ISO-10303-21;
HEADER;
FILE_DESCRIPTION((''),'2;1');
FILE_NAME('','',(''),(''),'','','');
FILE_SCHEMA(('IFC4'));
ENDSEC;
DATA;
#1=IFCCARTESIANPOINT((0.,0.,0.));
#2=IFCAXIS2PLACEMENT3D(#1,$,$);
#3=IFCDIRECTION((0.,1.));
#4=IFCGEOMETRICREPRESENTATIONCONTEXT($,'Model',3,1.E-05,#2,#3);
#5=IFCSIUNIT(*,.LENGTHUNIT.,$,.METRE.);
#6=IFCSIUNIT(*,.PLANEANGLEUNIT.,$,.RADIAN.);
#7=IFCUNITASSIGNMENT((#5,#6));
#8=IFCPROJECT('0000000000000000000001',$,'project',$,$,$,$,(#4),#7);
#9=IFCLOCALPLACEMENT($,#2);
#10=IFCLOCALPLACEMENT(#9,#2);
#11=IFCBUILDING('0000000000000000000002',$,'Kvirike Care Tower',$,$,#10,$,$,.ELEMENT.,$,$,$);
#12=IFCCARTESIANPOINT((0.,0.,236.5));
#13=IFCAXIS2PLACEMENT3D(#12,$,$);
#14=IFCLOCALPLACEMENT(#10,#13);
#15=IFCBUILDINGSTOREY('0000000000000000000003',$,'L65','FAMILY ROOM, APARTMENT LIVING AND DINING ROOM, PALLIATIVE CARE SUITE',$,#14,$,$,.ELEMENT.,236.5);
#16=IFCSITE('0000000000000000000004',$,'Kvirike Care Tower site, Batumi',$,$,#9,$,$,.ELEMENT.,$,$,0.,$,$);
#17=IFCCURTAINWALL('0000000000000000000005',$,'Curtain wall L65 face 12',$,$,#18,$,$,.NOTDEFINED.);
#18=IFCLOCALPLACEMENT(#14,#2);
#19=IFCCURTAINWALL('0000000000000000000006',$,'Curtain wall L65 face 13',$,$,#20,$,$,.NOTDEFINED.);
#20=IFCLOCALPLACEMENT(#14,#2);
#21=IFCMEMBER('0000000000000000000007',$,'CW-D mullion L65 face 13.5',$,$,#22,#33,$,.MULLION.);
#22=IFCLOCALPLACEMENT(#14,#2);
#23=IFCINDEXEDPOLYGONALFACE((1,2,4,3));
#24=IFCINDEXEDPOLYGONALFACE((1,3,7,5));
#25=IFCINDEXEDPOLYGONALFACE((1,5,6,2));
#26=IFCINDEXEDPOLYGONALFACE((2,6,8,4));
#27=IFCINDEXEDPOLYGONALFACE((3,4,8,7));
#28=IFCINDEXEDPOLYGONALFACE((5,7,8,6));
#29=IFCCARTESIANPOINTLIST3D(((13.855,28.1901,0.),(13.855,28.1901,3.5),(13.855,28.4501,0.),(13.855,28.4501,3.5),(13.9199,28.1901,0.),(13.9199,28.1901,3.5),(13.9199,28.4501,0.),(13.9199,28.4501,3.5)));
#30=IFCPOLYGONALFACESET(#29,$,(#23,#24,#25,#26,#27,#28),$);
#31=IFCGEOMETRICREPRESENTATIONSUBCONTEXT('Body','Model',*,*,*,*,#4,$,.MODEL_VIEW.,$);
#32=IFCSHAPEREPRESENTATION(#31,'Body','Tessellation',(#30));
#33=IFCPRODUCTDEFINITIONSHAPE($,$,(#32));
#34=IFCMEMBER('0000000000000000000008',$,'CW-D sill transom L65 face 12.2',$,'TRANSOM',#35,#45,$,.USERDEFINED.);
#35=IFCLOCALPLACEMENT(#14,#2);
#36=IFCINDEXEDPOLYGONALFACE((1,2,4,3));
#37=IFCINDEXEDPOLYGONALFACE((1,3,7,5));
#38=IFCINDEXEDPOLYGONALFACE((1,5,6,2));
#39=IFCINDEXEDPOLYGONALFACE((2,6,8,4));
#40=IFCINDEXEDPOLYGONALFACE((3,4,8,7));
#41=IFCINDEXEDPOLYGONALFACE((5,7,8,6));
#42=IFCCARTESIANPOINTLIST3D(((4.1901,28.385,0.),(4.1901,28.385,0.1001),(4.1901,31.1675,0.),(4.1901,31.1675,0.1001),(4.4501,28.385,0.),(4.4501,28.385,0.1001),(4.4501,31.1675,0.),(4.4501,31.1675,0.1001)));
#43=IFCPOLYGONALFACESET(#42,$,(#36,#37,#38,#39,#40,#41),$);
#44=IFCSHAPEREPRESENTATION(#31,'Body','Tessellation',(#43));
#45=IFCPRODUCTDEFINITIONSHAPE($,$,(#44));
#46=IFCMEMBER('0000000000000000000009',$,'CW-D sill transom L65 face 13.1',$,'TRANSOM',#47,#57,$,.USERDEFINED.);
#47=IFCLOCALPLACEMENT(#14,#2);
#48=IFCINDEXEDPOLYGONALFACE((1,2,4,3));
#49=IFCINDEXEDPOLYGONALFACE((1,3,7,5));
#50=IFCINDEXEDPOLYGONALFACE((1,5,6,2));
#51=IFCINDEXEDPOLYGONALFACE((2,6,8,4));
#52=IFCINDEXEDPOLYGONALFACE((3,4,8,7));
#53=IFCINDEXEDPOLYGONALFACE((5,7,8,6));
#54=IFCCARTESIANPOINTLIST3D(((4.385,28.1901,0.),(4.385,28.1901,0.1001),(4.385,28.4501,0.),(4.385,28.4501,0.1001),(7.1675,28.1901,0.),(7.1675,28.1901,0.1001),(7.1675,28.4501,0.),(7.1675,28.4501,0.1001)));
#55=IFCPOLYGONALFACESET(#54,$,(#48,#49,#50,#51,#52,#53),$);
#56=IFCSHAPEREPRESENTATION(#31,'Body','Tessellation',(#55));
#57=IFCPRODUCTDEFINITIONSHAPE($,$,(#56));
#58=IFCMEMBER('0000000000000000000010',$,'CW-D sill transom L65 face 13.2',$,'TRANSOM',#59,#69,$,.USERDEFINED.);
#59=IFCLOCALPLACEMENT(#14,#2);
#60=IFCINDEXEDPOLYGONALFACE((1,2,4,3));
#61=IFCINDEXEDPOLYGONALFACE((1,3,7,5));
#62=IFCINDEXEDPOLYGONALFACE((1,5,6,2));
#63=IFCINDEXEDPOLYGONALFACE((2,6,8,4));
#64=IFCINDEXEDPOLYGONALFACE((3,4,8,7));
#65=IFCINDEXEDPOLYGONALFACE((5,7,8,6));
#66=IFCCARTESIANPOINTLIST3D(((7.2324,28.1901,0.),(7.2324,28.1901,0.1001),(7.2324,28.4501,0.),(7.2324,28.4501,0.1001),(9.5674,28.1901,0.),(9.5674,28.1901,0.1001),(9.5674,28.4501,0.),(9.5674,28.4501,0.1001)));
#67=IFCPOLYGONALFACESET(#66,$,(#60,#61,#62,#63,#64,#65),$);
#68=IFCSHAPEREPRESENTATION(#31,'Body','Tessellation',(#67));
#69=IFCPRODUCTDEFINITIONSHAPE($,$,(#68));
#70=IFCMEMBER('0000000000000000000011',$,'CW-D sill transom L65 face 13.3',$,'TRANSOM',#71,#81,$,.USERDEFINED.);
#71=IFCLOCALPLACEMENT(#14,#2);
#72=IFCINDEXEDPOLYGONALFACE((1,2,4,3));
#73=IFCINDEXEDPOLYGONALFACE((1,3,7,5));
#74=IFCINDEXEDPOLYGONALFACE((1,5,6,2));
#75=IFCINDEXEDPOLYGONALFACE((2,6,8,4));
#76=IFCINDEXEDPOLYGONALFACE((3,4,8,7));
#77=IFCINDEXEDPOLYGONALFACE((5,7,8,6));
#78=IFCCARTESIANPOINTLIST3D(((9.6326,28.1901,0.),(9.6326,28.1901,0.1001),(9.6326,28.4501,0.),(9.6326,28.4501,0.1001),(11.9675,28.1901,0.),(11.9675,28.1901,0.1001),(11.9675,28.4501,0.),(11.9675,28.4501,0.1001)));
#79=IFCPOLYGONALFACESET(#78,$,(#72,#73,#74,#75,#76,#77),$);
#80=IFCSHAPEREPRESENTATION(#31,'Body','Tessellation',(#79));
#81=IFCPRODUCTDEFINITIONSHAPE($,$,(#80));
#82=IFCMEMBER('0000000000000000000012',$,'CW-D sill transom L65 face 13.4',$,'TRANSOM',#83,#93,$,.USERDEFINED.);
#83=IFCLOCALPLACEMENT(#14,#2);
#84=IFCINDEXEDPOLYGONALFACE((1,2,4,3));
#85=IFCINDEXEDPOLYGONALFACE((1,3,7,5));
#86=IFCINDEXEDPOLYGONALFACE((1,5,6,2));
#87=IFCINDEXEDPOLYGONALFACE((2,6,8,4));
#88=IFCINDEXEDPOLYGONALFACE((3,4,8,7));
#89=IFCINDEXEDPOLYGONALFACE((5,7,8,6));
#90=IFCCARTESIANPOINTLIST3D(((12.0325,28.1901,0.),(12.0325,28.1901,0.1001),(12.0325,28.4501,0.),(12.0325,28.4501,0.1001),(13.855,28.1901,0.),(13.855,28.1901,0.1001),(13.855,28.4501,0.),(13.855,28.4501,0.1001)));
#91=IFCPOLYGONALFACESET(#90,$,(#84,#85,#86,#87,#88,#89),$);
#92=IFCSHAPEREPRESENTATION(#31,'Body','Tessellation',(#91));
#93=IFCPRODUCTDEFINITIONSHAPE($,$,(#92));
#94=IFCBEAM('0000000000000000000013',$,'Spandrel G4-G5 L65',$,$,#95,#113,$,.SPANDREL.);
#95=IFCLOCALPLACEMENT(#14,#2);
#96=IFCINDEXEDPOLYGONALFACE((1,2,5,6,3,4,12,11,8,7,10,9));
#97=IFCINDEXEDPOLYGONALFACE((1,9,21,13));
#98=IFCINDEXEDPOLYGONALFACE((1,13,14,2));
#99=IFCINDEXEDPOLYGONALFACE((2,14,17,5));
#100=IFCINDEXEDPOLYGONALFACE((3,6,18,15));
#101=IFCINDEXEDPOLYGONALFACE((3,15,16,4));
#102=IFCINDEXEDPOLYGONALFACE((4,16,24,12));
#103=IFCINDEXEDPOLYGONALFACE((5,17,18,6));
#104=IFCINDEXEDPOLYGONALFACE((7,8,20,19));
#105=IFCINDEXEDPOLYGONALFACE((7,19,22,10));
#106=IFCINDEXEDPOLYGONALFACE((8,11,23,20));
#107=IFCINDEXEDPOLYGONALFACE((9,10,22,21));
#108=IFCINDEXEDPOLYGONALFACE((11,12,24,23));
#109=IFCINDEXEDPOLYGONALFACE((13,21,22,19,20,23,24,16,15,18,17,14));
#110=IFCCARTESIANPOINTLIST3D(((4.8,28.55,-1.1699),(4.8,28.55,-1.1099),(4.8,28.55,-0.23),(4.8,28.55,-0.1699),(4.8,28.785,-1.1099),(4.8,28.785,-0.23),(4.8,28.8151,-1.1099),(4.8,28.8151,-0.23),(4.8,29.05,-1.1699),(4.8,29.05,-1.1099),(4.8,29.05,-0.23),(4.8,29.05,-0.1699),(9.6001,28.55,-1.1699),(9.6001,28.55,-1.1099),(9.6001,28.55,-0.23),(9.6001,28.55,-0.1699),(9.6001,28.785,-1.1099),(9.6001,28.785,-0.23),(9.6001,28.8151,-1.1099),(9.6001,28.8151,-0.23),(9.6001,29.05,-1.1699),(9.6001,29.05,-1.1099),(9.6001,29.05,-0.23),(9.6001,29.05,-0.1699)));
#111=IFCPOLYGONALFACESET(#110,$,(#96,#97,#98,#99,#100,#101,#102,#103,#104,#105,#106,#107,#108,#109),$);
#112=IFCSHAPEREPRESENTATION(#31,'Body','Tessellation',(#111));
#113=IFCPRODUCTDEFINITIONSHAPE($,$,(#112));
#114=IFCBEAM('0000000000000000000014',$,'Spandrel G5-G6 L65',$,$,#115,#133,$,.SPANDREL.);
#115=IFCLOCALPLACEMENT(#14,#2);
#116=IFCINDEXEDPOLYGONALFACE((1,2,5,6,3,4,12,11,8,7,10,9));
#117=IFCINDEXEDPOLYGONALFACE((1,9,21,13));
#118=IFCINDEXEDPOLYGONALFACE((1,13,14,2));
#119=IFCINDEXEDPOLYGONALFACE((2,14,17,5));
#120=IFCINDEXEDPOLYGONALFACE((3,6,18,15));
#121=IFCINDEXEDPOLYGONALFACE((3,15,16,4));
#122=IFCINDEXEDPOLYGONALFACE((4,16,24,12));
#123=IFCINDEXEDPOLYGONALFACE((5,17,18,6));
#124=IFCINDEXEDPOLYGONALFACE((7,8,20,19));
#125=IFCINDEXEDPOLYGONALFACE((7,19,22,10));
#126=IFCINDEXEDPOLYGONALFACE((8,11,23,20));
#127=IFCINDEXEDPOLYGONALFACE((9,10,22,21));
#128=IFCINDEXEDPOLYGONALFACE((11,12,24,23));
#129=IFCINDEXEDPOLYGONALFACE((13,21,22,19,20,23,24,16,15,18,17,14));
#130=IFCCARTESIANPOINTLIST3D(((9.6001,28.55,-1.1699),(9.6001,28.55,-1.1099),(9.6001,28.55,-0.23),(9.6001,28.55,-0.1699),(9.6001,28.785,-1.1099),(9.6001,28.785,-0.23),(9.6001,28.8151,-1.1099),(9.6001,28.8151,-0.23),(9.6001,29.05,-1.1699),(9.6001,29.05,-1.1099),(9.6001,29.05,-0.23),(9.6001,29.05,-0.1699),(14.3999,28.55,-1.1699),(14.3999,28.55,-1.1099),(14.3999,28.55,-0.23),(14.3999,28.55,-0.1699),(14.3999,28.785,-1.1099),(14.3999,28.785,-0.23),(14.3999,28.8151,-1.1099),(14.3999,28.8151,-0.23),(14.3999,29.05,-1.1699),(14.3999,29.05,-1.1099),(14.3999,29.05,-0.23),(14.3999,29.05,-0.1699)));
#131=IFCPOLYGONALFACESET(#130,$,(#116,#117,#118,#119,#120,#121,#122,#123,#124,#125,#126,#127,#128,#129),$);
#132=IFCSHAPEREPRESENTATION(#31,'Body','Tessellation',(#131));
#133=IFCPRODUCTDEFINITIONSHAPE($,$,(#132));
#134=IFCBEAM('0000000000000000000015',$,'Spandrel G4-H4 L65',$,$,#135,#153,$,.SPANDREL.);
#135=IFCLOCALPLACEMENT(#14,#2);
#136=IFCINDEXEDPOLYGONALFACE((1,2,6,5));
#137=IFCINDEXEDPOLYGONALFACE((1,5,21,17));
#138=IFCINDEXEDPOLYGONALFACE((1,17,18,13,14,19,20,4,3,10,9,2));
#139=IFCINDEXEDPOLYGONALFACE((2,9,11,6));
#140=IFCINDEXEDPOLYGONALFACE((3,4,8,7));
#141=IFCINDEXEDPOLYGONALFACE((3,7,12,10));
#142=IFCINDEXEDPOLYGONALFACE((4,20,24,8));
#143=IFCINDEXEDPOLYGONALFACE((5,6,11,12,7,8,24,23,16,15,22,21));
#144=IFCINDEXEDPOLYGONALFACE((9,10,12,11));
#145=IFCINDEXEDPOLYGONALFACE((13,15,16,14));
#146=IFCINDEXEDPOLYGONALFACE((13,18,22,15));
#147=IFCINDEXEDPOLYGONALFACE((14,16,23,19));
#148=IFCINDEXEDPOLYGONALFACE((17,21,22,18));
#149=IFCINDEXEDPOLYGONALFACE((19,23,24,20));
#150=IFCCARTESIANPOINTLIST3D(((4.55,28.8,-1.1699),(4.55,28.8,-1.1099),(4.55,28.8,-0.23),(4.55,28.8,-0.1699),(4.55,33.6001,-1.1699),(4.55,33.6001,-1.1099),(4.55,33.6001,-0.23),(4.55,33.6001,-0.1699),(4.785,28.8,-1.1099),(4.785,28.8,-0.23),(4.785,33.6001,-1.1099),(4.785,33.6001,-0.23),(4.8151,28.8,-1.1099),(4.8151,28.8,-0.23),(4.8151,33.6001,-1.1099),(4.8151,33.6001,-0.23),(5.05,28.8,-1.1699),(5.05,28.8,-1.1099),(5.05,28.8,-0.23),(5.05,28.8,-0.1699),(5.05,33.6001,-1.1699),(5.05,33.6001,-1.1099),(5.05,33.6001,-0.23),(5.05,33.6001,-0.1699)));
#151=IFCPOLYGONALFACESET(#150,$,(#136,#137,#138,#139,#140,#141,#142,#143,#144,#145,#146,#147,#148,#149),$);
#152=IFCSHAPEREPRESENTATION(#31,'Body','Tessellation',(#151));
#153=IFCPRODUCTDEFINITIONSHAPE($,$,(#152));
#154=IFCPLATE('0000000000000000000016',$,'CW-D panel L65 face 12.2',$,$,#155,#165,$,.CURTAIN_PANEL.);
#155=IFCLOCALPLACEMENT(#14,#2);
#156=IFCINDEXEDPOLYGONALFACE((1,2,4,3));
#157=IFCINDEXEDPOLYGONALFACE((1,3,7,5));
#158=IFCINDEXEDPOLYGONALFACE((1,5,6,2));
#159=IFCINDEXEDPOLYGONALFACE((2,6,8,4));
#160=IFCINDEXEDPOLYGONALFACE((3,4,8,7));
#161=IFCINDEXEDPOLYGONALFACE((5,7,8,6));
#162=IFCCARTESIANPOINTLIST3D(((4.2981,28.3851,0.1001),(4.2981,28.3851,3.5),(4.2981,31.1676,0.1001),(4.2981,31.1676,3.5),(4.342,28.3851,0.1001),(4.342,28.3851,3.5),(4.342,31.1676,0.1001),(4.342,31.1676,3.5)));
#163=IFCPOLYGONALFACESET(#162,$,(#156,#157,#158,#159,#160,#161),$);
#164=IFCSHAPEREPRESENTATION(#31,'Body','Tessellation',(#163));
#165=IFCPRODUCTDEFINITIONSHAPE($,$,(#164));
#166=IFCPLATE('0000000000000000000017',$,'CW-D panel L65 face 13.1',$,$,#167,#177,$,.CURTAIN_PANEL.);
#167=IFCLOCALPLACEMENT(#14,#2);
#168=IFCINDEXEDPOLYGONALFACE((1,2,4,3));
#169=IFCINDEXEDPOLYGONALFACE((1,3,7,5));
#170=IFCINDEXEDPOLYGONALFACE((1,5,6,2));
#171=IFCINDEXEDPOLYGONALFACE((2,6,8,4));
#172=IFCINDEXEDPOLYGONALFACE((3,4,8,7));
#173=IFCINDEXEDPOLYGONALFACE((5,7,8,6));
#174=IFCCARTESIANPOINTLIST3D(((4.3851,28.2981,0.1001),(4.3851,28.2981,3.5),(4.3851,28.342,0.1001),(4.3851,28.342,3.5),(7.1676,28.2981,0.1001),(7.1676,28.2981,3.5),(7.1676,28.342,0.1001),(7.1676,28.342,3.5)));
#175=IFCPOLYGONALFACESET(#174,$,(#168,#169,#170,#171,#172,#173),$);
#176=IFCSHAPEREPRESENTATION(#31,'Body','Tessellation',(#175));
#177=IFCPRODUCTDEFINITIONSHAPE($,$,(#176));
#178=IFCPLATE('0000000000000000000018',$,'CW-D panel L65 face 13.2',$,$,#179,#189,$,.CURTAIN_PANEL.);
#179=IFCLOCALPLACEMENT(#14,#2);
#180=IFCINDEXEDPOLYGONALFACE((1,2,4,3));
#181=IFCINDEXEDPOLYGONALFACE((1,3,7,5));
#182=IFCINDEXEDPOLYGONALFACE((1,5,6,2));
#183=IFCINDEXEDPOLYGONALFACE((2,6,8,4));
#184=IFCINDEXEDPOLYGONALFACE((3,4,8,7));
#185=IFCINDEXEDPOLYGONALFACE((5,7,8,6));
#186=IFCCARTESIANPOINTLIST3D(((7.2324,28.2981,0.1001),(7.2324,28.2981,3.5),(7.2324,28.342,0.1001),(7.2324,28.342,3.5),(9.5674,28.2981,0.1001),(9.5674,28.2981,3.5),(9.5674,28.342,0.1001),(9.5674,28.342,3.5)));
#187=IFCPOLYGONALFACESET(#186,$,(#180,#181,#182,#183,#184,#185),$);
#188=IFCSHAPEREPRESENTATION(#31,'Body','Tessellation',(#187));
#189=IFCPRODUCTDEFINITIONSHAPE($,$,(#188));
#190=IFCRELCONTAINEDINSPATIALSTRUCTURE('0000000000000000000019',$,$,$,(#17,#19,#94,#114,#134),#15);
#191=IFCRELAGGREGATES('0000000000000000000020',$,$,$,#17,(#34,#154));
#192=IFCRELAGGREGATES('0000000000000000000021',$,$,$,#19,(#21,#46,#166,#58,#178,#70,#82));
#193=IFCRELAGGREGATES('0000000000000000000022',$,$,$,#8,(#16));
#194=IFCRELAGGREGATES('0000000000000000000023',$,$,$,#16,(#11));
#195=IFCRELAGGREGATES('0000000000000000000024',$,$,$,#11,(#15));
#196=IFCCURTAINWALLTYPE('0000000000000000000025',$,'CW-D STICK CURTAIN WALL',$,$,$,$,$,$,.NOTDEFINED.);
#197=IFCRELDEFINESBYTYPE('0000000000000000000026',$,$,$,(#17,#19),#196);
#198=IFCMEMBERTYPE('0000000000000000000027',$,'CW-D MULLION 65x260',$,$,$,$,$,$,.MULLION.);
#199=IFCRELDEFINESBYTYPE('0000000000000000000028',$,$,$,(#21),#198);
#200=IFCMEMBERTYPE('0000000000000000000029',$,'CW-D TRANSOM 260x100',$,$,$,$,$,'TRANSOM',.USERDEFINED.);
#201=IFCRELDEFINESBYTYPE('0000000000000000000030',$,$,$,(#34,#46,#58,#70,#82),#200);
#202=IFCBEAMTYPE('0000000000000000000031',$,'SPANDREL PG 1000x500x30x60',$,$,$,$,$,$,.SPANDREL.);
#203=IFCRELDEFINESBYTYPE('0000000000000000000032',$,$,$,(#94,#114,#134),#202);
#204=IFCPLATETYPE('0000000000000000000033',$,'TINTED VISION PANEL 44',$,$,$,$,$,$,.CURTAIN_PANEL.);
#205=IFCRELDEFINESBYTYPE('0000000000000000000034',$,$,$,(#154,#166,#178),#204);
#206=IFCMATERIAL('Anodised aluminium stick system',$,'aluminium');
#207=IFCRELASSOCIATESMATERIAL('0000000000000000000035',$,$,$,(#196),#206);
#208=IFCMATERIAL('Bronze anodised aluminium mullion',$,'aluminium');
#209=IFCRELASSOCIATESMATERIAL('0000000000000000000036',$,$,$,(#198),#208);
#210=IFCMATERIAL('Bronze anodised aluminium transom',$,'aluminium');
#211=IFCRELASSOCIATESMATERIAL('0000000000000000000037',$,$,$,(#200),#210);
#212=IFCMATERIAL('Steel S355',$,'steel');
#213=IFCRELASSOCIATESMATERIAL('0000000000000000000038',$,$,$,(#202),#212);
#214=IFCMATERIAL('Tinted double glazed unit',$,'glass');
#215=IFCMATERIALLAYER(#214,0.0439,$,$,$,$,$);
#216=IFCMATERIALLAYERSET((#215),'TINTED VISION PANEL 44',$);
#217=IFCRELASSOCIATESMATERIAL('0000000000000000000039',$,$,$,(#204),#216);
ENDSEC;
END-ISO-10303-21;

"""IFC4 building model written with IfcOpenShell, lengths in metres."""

from ifc_helpers import new_model, si_unit, direction, frame, origin, origin_2d, place, context, subcontext, project, spatial, rectangle, i_section, extrude, material, layer, layer_set, material_profile, profile_set, type_object, element, aggregate, save


model = new_model("IFC4")

# Units and contexts
model_context = context("Model", 3, precision=1e-05, world=origin(), true_north=direction((0.0, 1.0)))
body_context = subcontext(model_context, "Body", "Model", "MODEL_VIEW")
ifc_project = project(units=[si_unit("LENGTHUNIT", "METRE"), si_unit("PLANEANGLEUNIT", "RADIAN")], contexts=[model_context])

# Site, building, storey
site_placement = place(None, origin())
site = spatial("IfcSite", under=ifc_project, at=site_placement, Name="Kvirike Care Tower site, Batumi", CompositionType="ELEMENT", RefElevation=0.0)
building_placement = place(site_placement, origin())
building = spatial("IfcBuilding", under=site, at=building_placement, Name="Kvirike Care Tower", CompositionType="ELEMENT")
storey_placement = place(building_placement, frame((0.0, 0.0, 236.5)))
storey = spatial("IfcBuildingStorey", under=building, at=storey_placement, Name="L65", Description="FAMILY ROOM, APARTMENT LIVING AND DINING ROOM, PALLIATIVE CARE SUITE", CompositionType="ELEMENT", Elevation=236.5)

# Curtain walls
ifc_material_1 = material(Name="Anodised aluminium stick system", Category="aluminium")
curtain_wall_type = type_object("IfcCurtainWallType", Name="CW-D STICK CURTAIN WALL", PredefinedType="NOTDEFINED", material=ifc_material_1)
curtain_wall_1_placement = place(storey_placement, origin())
curtain_wall_1 = element("IfcCurtainWall", 1, at=curtain_wall_1_placement, inside=storey, type_object=curtain_wall_type, Name="Curtain wall L65 face 12", PredefinedType="NOTDEFINED")
curtain_wall_2_placement = place(storey_placement, origin())
curtain_wall_2 = element("IfcCurtainWall", 2, at=curtain_wall_2_placement, inside=storey, type_object=curtain_wall_type, Name="Curtain wall L65 face 13", PredefinedType="NOTDEFINED")

# Members
ifc_material_2 = material(Name="Bronze anodised aluminium mullion", Category="aluminium")
ifc_material_profile_1 = material_profile(ifc_material_2, rectangle(XDim=0.0649, YDim=0.26, at=origin_2d()), Name="CW-D MULLION 65x260")
ifc_profile_set_1 = profile_set([ifc_material_profile_1], Name="Bronze anodised aluminium mullion")
member_type_1 = type_object("IfcMemberType", Name="CW-D MULLION 65x260", PredefinedType="MULLION", material=ifc_profile_set_1)
member_1_placement = place(storey_placement, frame((13.8875, 28.3201, 0.0), z_axis=(0.0, 0.0, 1.0), x_axis=(1.0, 0.0, 0.0)))
member_1 = element("IfcMember", 3, at=member_1_placement, type_object=member_type_1, Name="CW-D mullion L65 face 13.5", PredefinedType="MULLION", context=body_context, shape_type="SweptSolid", body=[
    extrude(rectangle(XDim=0.0649, YDim=0.26, at=origin_2d()), origin(), (0.0, 0.0, 1.0), 3.5),
])
ifc_material_3 = material(Name="Bronze anodised aluminium transom", Category="aluminium")
ifc_material_profile_2 = material_profile(ifc_material_3, rectangle(XDim=0.26, YDim=0.1001, at=origin_2d()), Name="CW-D TRANSOM 260x100")
ifc_profile_set_2 = profile_set([ifc_material_profile_2], Name="Bronze anodised aluminium transom")
member_type_2 = type_object("IfcMemberType", Name="CW-D TRANSOM 260x100", ElementType="TRANSOM", PredefinedType="USERDEFINED", material=ifc_profile_set_2)
member_2_placement = place(storey_placement, frame((4.3201, 31.1675, 0.05), z_axis=(0.0, -1.0, 0.0), x_axis=(1.0, 0.0, 0.0)))
member_2 = element("IfcMember", 4, at=member_2_placement, type_object=member_type_2, Name="CW-D sill transom L65 face 12.2", ObjectType="TRANSOM", PredefinedType="USERDEFINED", context=body_context, shape_type="SweptSolid", body=[
    extrude(rectangle(XDim=0.26, YDim=0.1001, at=origin_2d()), origin(), (0.0, 0.0, 1.0), 2.7825),
])
member_3_placement = place(storey_placement, frame((4.385, 28.3201, 0.05), z_axis=(1.0, 0.0, 0.0), x_axis=(0.0, 1.0, 0.0)))
member_3 = element("IfcMember", 5, at=member_3_placement, type_object=member_type_2, Name="CW-D sill transom L65 face 13.1", ObjectType="TRANSOM", PredefinedType="USERDEFINED", context=body_context, shape_type="SweptSolid", body=[
    extrude(rectangle(XDim=0.26, YDim=0.1001, at=origin_2d()), origin(), (0.0, 0.0, 1.0), 2.7825),
])
member_4_placement = place(storey_placement, frame((7.2324, 28.3201, 0.05), z_axis=(1.0, 0.0, 0.0), x_axis=(0.0, 1.0, 0.0)))
member_4 = element("IfcMember", 6, at=member_4_placement, type_object=member_type_2, Name="CW-D sill transom L65 face 13.2", ObjectType="TRANSOM", PredefinedType="USERDEFINED", context=body_context, shape_type="SweptSolid", body=[
    extrude(rectangle(XDim=0.26, YDim=0.1001, at=origin_2d()), origin(), (0.0, 0.0, 1.0), 2.335),
])
member_5_placement = place(storey_placement, frame((9.6326, 28.3201, 0.05), z_axis=(1.0, 0.0, 0.0), x_axis=(0.0, 1.0, 0.0)))
member_5 = element("IfcMember", 7, at=member_5_placement, type_object=member_type_2, Name="CW-D sill transom L65 face 13.3", ObjectType="TRANSOM", PredefinedType="USERDEFINED", context=body_context, shape_type="SweptSolid", body=[
    extrude(rectangle(XDim=0.26, YDim=0.1001, at=origin_2d()), origin(), (0.0, 0.0, 1.0), 2.335),
])
member_6_placement = place(storey_placement, frame((12.0325, 28.3201, 0.05), z_axis=(1.0, 0.0, 0.0), x_axis=(0.0, 1.0, 0.0)))
member_6 = element("IfcMember", 8, at=member_6_placement, type_object=member_type_2, Name="CW-D sill transom L65 face 13.4", ObjectType="TRANSOM", PredefinedType="USERDEFINED", context=body_context, shape_type="SweptSolid", body=[
    extrude(rectangle(XDim=0.26, YDim=0.1001, at=origin_2d()), origin(), (0.0, 0.0, 1.0), 1.8225),
])

# Beams
ifc_material_4 = material(Name="Steel S355", Category="steel")
ifc_material_profile_3 = material_profile(ifc_material_4, i_section(OverallWidth=0.5, OverallDepth=1.0, WebThickness=0.03, FlangeThickness=0.0601, at=origin_2d()), Name="PG 1000x500x30x60")
ifc_profile_set_3 = profile_set([ifc_material_profile_3], Name="Steel S355")
beam_type = type_object("IfcBeamType", Name="SPANDREL PG 1000x500x30x60", PredefinedType="SPANDREL", material=ifc_profile_set_3)
beam_1_placement = place(storey_placement, frame((4.8, 28.8, -0.6699), z_axis=(1.0, 0.0, 0.0), x_axis=(0.0, 1.0, 0.0)))
element("IfcBeam", 9, at=beam_1_placement, inside=storey, type_object=beam_type, Name="Spandrel G4-G5 L65", PredefinedType="SPANDREL", context=body_context, shape_type="SweptSolid", body=[
    extrude(i_section(OverallWidth=0.5, OverallDepth=1.0, WebThickness=0.03, FlangeThickness=0.0601, at=origin_2d()), origin(), (0.0, 0.0, 1.0), 4.8),
])
beam_2_placement = place(storey_placement, frame((9.6001, 28.8, -0.6699), z_axis=(1.0, 0.0, 0.0), x_axis=(0.0, 1.0, 0.0)))
element("IfcBeam", 10, at=beam_2_placement, inside=storey, type_object=beam_type, Name="Spandrel G5-G6 L65", PredefinedType="SPANDREL", context=body_context, shape_type="SweptSolid", body=[
    extrude(i_section(OverallWidth=0.5, OverallDepth=1.0, WebThickness=0.03, FlangeThickness=0.0601, at=origin_2d()), origin(), (0.0, 0.0, 1.0), 4.7998),
])
beam_3_placement = place(storey_placement, frame((4.8, 28.8, -0.6699), z_axis=(0.0, 1.0, 0.0), x_axis=(-1.0, 0.0, 0.0)))
element("IfcBeam", 11, at=beam_3_placement, inside=storey, type_object=beam_type, Name="Spandrel G4-H4 L65", PredefinedType="SPANDREL", context=body_context, shape_type="SweptSolid", body=[
    extrude(i_section(OverallWidth=0.5, OverallDepth=1.0, WebThickness=0.03, FlangeThickness=0.0601, at=origin_2d()), origin(), (0.0, 0.0, 1.0), 4.8),
])

# Plates
ifc_material_5 = material(Name="Tinted double glazed unit", Category="glass")
ifc_layer = layer(ifc_material_5, 0.0439)
ifc_layer_set = layer_set([ifc_layer], Name="TINTED VISION PANEL 44")
plate_type = type_object("IfcPlateType", Name="TINTED VISION PANEL 44", PredefinedType="CURTAIN_PANEL", material=ifc_layer_set)
plate_1_placement = place(storey_placement, frame((4.3201, 29.7764, 0.1001), z_axis=(0.0, 0.0, 1.0), x_axis=(0.0, -1.0, 0.0)))
plate_1 = element("IfcPlate", 12, at=plate_1_placement, type_object=plate_type, Name="CW-D panel L65 face 12.2", PredefinedType="CURTAIN_PANEL", context=body_context, shape_type="SweptSolid", body=[
    extrude(rectangle(XDim=2.7825, YDim=0.0439, at=origin_2d()), origin(), (0.0, 0.0, 1.0), 3.3999),
])
aggregate(curtain_wall_1, [member_2, plate_1])
plate_2_placement = place(storey_placement, frame((5.7764, 28.3201, 0.1001), z_axis=(0.0, 0.0, 1.0), x_axis=(1.0, 0.0, 0.0)))
plate_2 = element("IfcPlate", 13, at=plate_2_placement, type_object=plate_type, Name="CW-D panel L65 face 13.1", PredefinedType="CURTAIN_PANEL", context=body_context, shape_type="SweptSolid", body=[
    extrude(rectangle(XDim=2.7825, YDim=0.0439, at=origin_2d()), origin(), (0.0, 0.0, 1.0), 3.3999),
])
plate_3_placement = place(storey_placement, frame((8.3999, 28.3201, 0.1001), z_axis=(0.0, 0.0, 1.0), x_axis=(1.0, 0.0, 0.0)))
plate_3 = element("IfcPlate", 14, at=plate_3_placement, type_object=plate_type, Name="CW-D panel L65 face 13.2", PredefinedType="CURTAIN_PANEL", context=body_context, shape_type="SweptSolid", body=[
    extrude(rectangle(XDim=2.335, YDim=0.0439, at=origin_2d()), origin(), (0.0, 0.0, 1.0), 3.3999),
])
aggregate(curtain_wall_2, [member_1, member_3, plate_2, member_4, plate_3, member_5, member_6])

save(model, "model.ifc")
